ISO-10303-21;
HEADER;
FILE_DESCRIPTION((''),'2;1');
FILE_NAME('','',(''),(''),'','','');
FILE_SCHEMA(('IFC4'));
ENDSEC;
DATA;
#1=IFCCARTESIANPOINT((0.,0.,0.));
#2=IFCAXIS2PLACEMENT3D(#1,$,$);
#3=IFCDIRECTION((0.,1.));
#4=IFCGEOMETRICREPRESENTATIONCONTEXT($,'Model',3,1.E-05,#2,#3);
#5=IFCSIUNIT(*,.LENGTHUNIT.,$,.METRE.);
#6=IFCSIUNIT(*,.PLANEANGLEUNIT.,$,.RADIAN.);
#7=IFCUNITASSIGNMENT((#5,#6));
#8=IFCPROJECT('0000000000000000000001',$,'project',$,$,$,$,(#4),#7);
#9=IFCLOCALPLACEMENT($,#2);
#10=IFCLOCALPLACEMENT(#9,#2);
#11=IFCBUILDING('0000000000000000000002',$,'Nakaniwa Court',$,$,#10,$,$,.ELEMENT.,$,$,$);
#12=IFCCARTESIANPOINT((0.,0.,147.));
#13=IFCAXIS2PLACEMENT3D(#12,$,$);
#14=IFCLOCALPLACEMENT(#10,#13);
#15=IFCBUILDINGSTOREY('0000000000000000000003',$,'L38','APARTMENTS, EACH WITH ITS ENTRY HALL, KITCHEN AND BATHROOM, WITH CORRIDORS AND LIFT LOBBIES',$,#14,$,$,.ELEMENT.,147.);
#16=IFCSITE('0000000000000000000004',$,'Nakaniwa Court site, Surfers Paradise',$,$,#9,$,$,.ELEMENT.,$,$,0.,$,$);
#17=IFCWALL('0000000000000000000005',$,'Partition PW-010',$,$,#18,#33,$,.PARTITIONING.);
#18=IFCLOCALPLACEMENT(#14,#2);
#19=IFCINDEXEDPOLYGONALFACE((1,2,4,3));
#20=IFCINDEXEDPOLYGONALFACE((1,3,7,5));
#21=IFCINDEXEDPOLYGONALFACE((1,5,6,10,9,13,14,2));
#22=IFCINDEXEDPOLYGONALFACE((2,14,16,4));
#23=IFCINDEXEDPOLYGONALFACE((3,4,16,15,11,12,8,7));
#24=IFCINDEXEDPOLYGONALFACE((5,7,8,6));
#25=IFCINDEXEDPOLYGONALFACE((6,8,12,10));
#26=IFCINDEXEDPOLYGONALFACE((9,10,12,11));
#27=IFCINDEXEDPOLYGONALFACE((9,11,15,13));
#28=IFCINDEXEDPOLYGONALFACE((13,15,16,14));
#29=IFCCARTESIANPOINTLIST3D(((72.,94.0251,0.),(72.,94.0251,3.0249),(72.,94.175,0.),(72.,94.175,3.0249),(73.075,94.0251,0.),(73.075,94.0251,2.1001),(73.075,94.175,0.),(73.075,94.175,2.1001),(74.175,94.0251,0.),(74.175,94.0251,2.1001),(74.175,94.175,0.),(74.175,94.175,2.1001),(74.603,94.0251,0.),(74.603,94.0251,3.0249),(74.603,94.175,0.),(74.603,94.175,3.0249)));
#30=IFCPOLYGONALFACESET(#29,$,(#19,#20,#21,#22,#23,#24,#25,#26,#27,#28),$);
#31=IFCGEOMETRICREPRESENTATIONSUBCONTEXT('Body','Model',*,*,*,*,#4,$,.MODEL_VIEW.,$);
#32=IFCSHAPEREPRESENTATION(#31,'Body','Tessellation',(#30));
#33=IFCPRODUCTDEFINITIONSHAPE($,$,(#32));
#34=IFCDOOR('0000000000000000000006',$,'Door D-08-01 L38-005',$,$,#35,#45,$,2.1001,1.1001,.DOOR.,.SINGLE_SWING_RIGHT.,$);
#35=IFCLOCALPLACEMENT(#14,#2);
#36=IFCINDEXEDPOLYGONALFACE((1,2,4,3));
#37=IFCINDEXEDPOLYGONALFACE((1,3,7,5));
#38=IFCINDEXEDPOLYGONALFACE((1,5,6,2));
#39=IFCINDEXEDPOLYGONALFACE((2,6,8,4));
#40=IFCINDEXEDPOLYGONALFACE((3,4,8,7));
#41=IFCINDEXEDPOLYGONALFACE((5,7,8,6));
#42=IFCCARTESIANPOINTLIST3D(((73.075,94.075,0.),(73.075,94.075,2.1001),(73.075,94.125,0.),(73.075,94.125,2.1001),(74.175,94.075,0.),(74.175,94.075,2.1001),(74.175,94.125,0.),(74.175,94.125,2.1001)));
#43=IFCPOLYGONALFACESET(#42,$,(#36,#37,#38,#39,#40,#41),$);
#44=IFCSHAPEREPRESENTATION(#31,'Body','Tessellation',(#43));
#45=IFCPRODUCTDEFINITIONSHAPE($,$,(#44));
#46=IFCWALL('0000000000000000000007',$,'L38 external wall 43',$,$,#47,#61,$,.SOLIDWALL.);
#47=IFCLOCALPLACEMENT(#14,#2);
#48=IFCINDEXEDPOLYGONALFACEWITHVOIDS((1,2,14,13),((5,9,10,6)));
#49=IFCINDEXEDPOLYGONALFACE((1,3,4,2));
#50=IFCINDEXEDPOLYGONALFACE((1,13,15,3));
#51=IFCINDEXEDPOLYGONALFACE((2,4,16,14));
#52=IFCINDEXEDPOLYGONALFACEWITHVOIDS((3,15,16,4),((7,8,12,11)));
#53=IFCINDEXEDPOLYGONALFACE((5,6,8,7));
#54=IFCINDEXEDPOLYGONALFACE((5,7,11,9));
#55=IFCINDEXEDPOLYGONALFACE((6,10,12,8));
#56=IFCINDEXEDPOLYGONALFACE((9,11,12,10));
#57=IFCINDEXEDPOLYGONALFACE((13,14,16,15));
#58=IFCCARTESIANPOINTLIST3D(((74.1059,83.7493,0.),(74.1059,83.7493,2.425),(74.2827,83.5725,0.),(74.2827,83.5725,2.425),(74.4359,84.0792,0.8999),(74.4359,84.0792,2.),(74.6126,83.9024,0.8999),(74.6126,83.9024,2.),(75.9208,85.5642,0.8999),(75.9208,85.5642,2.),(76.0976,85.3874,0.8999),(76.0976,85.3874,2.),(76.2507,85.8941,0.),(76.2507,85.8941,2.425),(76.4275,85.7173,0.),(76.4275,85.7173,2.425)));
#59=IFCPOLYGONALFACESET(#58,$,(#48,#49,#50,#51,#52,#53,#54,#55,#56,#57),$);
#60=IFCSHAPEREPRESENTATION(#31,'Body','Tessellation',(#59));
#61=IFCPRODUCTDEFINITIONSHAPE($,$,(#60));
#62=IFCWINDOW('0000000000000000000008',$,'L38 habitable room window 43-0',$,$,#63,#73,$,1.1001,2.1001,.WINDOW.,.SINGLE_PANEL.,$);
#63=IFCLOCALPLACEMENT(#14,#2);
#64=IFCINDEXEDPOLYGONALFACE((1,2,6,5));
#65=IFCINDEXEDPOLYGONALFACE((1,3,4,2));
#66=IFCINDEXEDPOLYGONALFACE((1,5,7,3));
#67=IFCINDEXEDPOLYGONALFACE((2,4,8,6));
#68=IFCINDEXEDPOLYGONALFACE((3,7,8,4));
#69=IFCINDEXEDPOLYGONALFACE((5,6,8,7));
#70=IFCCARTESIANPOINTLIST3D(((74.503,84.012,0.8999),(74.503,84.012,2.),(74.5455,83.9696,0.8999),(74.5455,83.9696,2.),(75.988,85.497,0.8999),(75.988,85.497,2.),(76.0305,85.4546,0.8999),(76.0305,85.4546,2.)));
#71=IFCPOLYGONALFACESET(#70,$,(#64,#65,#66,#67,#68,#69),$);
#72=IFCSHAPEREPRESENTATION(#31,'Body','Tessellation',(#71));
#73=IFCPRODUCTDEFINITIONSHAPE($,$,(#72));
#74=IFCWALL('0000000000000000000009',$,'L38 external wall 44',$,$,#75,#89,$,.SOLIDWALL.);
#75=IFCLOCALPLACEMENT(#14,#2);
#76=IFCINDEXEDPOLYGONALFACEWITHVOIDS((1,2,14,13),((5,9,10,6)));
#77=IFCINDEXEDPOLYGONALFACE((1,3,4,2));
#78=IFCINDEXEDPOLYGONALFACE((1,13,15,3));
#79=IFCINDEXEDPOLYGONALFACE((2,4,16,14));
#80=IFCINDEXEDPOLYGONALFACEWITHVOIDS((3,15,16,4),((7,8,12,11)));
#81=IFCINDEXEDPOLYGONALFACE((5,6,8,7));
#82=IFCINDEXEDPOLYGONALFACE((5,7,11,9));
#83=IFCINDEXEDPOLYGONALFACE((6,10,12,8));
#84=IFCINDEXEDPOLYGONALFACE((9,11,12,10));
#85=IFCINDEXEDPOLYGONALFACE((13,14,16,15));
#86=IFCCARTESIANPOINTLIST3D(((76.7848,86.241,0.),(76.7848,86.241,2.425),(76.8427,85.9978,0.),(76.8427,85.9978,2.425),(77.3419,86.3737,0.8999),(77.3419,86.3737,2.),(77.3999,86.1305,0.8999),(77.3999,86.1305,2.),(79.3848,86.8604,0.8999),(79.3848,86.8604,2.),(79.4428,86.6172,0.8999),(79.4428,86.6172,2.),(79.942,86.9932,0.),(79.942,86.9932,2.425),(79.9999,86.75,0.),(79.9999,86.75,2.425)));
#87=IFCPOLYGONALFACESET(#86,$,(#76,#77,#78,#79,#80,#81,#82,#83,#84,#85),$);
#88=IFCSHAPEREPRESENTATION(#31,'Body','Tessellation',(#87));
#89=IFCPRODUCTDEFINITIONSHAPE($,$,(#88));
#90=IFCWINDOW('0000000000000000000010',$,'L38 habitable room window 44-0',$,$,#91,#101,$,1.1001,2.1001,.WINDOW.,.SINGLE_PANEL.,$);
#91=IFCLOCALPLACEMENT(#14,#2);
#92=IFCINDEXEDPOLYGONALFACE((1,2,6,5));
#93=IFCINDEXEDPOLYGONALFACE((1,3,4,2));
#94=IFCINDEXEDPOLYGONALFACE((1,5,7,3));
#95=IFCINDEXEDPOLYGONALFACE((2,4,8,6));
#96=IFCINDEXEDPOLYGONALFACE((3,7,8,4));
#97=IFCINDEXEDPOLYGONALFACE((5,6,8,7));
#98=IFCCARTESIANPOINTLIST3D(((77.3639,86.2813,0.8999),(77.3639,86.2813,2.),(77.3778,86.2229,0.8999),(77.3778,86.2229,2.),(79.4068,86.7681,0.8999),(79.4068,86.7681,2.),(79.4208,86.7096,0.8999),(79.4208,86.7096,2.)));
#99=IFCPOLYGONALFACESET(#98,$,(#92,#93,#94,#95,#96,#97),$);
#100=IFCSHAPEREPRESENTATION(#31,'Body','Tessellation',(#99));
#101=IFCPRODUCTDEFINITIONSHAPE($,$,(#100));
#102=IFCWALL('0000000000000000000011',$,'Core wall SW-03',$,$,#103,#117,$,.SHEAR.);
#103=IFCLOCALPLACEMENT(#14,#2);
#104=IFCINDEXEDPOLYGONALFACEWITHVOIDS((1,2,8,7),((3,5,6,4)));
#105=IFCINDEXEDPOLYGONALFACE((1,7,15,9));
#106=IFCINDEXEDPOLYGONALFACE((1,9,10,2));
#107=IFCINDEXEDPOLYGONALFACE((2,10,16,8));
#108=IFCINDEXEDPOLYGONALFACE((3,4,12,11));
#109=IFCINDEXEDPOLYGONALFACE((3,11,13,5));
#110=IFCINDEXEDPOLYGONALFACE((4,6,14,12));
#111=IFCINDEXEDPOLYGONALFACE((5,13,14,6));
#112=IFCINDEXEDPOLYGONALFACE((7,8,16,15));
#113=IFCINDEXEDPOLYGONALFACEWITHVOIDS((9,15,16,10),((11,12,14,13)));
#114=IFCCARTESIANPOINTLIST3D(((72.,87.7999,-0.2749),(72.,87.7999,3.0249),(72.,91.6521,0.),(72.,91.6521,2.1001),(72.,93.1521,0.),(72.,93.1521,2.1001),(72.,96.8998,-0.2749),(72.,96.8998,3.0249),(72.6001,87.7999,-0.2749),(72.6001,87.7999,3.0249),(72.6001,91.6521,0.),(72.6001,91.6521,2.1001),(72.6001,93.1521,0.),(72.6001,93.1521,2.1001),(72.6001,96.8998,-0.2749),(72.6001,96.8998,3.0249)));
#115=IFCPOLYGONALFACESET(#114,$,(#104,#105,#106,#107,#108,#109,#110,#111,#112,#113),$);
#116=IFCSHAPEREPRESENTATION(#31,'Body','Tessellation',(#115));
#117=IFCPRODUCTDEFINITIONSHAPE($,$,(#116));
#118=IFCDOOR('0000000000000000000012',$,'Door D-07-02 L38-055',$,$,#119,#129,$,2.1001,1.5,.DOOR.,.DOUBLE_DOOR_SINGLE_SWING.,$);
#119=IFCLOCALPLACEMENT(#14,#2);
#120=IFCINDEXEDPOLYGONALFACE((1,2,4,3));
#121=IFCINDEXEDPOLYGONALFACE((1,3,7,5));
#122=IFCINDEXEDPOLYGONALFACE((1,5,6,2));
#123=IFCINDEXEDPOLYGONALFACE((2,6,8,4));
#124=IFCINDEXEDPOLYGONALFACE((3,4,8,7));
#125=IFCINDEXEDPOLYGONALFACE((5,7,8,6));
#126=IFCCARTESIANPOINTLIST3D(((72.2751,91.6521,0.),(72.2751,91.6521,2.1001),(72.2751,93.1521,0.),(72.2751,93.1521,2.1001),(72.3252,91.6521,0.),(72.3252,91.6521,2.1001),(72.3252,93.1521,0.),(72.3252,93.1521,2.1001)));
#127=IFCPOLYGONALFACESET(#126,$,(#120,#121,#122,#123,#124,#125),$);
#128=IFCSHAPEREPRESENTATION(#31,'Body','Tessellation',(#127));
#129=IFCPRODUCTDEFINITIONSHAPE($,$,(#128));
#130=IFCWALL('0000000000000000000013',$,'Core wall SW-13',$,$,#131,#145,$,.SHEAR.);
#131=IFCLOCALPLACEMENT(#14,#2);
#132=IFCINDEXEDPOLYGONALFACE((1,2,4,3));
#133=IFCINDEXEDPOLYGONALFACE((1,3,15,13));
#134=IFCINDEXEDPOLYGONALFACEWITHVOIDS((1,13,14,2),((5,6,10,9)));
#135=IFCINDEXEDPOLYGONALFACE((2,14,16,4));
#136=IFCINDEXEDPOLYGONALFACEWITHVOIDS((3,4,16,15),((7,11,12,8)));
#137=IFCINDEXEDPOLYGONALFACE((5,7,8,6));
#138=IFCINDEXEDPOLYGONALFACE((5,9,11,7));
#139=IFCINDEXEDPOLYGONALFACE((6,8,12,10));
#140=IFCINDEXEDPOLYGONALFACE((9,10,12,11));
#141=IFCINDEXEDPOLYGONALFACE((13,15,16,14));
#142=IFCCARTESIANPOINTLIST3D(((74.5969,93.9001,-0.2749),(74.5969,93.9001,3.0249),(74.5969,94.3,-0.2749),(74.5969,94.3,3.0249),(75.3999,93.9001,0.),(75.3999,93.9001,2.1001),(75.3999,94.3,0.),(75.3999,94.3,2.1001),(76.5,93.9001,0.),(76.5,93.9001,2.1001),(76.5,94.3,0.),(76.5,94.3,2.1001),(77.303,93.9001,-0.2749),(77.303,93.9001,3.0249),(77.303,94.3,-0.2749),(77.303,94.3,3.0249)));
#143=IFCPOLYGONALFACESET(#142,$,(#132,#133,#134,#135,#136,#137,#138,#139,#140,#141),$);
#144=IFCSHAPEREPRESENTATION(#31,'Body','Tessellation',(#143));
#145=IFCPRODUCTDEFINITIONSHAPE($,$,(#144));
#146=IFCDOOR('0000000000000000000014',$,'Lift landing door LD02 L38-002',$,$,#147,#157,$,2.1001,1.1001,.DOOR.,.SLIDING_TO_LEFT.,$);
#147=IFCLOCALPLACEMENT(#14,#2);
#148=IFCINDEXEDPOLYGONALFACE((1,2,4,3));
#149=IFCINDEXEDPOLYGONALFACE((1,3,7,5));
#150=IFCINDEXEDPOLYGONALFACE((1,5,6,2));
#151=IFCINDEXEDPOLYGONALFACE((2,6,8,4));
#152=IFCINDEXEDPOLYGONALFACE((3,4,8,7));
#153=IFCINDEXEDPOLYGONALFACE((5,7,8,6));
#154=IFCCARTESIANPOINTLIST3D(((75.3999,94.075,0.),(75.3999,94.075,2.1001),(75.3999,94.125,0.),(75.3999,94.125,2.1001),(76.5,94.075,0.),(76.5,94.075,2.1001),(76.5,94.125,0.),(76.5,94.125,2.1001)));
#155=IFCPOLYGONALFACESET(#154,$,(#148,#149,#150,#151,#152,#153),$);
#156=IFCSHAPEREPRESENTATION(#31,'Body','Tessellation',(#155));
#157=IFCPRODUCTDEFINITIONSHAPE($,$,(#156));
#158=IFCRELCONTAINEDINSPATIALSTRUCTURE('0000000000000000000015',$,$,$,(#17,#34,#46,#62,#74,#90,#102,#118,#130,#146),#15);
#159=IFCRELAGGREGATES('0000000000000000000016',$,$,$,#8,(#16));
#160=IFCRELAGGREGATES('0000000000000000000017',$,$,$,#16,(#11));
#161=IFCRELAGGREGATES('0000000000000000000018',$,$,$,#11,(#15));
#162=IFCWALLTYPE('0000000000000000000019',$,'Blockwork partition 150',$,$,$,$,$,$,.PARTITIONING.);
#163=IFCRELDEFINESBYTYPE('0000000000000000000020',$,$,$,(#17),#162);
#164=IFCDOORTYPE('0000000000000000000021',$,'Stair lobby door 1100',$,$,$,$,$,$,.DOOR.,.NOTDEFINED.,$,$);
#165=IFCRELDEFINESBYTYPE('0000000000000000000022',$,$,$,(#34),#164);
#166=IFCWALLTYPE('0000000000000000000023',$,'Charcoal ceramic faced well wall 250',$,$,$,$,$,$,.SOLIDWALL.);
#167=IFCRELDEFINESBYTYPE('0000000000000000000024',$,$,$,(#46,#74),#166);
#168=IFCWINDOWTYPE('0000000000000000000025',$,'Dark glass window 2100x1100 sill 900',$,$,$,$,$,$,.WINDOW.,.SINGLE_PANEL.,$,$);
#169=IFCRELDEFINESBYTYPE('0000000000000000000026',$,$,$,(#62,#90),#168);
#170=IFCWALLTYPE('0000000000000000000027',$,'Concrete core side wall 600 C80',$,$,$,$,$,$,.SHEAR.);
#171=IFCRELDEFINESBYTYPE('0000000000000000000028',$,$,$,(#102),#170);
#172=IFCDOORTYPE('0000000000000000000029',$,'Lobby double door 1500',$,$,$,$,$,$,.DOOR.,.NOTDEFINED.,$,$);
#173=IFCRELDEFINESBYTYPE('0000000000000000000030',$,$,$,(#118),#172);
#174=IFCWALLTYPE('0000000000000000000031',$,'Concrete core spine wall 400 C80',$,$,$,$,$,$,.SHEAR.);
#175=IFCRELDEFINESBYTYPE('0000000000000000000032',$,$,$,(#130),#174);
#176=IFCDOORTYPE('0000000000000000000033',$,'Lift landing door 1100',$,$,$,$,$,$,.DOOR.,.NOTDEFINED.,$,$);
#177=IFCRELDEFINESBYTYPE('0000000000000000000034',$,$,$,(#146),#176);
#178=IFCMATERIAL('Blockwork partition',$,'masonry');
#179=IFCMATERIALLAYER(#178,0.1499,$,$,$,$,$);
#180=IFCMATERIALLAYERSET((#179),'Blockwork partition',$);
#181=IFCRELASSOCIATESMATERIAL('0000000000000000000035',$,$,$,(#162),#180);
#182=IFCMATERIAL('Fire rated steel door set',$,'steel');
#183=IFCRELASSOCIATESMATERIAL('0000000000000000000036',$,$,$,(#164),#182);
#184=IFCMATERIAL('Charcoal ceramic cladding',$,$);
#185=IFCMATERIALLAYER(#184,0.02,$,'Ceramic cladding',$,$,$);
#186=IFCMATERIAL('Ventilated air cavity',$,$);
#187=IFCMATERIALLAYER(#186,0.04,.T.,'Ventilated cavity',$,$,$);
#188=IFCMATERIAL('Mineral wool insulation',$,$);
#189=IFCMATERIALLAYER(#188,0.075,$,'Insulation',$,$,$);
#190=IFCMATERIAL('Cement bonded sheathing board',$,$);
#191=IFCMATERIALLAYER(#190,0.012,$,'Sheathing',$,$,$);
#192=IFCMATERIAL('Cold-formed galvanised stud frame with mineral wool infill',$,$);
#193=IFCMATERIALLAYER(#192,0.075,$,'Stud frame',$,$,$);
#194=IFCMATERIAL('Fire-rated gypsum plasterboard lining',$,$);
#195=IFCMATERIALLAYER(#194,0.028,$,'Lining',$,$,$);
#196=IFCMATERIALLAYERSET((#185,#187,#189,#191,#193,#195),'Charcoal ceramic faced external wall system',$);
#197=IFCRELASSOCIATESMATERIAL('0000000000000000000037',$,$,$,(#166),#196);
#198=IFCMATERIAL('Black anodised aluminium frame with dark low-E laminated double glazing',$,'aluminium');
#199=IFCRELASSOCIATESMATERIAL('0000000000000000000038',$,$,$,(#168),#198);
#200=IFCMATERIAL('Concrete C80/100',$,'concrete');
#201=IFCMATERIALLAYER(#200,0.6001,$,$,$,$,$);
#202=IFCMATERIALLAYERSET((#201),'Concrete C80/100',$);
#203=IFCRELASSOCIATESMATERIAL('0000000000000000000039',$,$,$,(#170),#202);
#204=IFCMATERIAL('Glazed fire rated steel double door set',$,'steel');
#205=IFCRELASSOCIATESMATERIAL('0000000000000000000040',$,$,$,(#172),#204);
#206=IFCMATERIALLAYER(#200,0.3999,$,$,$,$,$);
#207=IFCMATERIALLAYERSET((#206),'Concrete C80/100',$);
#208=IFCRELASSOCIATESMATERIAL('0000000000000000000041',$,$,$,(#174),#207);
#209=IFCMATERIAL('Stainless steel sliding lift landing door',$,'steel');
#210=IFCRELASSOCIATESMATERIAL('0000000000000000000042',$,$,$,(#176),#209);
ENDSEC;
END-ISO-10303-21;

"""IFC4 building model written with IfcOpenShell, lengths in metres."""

from ifc_helpers import new_model, si_unit, direction, frame, frame_2d, origin, place, context, subcontext, project, spatial, rectangle, extrude, material, layer, layer_set, type_object, element, fill, save


model = new_model("IFC4")

# Units and contexts
model_context = context("Model", 3, precision=1e-05, world=origin(), true_north=direction((0.0, 1.0)))
body_context = subcontext(model_context, "Body", "Model", "MODEL_VIEW")
ifc_project = project(units=[si_unit("LENGTHUNIT", "METRE"), si_unit("PLANEANGLEUNIT", "RADIAN")], contexts=[model_context])

# Site, building, storey
site_placement = place(None, origin())
site = spatial("IfcSite", under=ifc_project, at=site_placement, Name="Nakaniwa Court site, Surfers Paradise", CompositionType="ELEMENT", RefElevation=0.0)
building_placement = place(site_placement, origin())
building = spatial("IfcBuilding", under=site, at=building_placement, Name="Nakaniwa Court", CompositionType="ELEMENT")
storey_placement = place(building_placement, frame((0.0, 0.0, 147.0)))
storey = spatial("IfcBuildingStorey", under=building, at=storey_placement, Name="L38", Description="APARTMENTS, EACH WITH ITS ENTRY HALL, KITCHEN AND BATHROOM, WITH CORRIDORS AND LIFT LOBBIES", CompositionType="ELEMENT", Elevation=147.0)

# Shared definitions
ifc_material_1 = material(Name="Concrete C80/100", Category="concrete")

# Shared definitions
ifc_material_2 = material(Name="Blockwork partition", Category="masonry")
ifc_layer_1 = layer(ifc_material_2, 0.1499)
ifc_layer_set_1 = layer_set([ifc_layer_1], Name="Blockwork partition")
wall_type_1 = type_object("IfcWallType", Name="Blockwork partition 150", PredefinedType="PARTITIONING", material=ifc_layer_set_1)

# Wall, opening, door
wall_1_placement = place(storey_placement, frame((72.0, 94.1001, 0.0), z_axis=(0.0, 0.0, 1.0), x_axis=(1.0, 0.0, 0.0)))
wall_1 = element("IfcWall", 1, at=wall_1_placement, inside=storey, type_object=wall_type_1, Name="Partition PW-010", PredefinedType="PARTITIONING", context=body_context, shape_type="SweptSolid", body=[
    extrude(rectangle(XDim=2.603, YDim=0.1499, at=frame_2d((1.3015, 0.0))), origin(), (0.0, 0.0, 1.0), 3.0249),
])
opening_1_placement = place(wall_1_placement, frame((1.075, 0.0, 0.0)))
opening_1 = element("IfcOpeningElement", 2, at=opening_1_placement, cuts=wall_1, PredefinedType="OPENING", context=body_context, shape_type="SweptSolid", body=[
    extrude(rectangle(XDim=1.1001, YDim=2.1001, at=frame_2d((0.55, 1.05))), frame((0.0, 0.085, 0.0), z_axis=(0.0, -1.0, 0.0), x_axis=(1.0, 0.0, 0.0)), (0.0, 0.0, 1.0), 0.1699),
])
ifc_material_3 = material(Name="Fire rated steel door set", Category="steel")
door_type_1 = type_object("IfcDoorType", Name="Stair lobby door 1100", OperationType="NOTDEFINED", PredefinedType="DOOR", material=ifc_material_3)
door_1_placement = place(opening_1_placement, origin())
door_1 = element("IfcDoor", 3, at=door_1_placement, inside=storey, type_object=door_type_1, Name="Door D-08-01 L38-005", OperationType="SINGLE_SWING_RIGHT", OverallHeight=2.1001, OverallWidth=1.1001, PredefinedType="DOOR", context=body_context, shape_type="SweptSolid", body=[
    extrude(rectangle(XDim=1.1001, YDim=2.1001, at=frame_2d((0.55, 1.05))), frame((0.0, 0.0249, 0.0), z_axis=(0.0, -1.0, 0.0), x_axis=(1.0, 0.0, 0.0)), (0.0, 0.0, 1.0), 0.05),
])
fill(opening_1, door_1)

# Walls, openings, windows
ifc_material_4 = material(Name="Charcoal ceramic cladding")
ifc_layer_2 = layer(ifc_material_4, 0.02, Name="Ceramic cladding")
ifc_material_5 = material(Name="Ventilated air cavity")
ifc_layer_3 = layer(ifc_material_5, 0.04, ventilated=True, Name="Ventilated cavity")
ifc_material_6 = material(Name="Mineral wool insulation")
ifc_layer_4 = layer(ifc_material_6, 0.075, Name="Insulation")
ifc_material_7 = material(Name="Cement bonded sheathing board")
ifc_layer_5 = layer(ifc_material_7, 0.012, Name="Sheathing")
ifc_material_8 = material(Name="Cold-formed galvanised stud frame with mineral wool infill")
ifc_layer_6 = layer(ifc_material_8, 0.075, Name="Stud frame")
ifc_material_9 = material(Name="Fire-rated gypsum plasterboard lining")
ifc_layer_7 = layer(ifc_material_9, 0.028, Name="Lining")
ifc_layer_set_2 = layer_set([ifc_layer_2, ifc_layer_3, ifc_layer_4, ifc_layer_5, ifc_layer_6, ifc_layer_7], Name="Charcoal ceramic faced external wall system")
wall_type_2 = type_object("IfcWallType", Name="Charcoal ceramic faced well wall 250", PredefinedType="SOLIDWALL", material=ifc_layer_set_2)
wall_2_placement = place(storey_placement, frame((74.1943, 83.6609, 0.0), z_axis=(0.0, 0.0, 1.0), x_axis=(0.707107, 0.707107, 0.0)))
wall_2 = element("IfcWall", 4, at=wall_2_placement, inside=storey, type_object=wall_type_2, Name="L38 external wall 43", PredefinedType="SOLIDWALL", context=body_context, shape_type="SweptSolid", body=[
    extrude(rectangle(XDim=3.0332, YDim=0.25, at=frame_2d((1.5166, 0.0))), origin(), (0.0, 0.0, 1.0), 2.425),
])
opening_2_placement = place(wall_2_placement, frame((0.4666, 0.0, 0.8999)))
opening_2 = element("IfcOpeningElement", 5, at=opening_2_placement, cuts=wall_2, PredefinedType="OPENING", context=body_context, shape_type="SweptSolid", body=[
    extrude(rectangle(XDim=2.1001, YDim=1.1001, at=frame_2d((1.05, 0.55))), frame((0.0, 0.135, 0.0), z_axis=(0.0, -1.0, 0.0), x_axis=(1.0, 0.0, 0.0)), (0.0, 0.0, 1.0), 0.27),
])
ifc_material_10 = material(Name="Black anodised aluminium frame with dark low-E laminated double glazing", Category="aluminium")
window_type = type_object("IfcWindowType", Name="Dark glass window 2100x1100 sill 900", PartitioningType="SINGLE_PANEL", PredefinedType="WINDOW", material=ifc_material_10)
window_1_placement = place(opening_2_placement, origin())
window_1 = element("IfcWindow", 6, at=window_1_placement, inside=storey, type_object=window_type, Name="L38 habitable room window 43-0", OverallHeight=1.1001, OverallWidth=2.1001, PartitioningType="SINGLE_PANEL", PredefinedType="WINDOW", context=body_context, shape_type="SweptSolid", body=[
    extrude(rectangle(XDim=2.1001, YDim=1.1001, at=frame_2d((1.05, 0.55))), frame((0.0, 0.03, 0.0), z_axis=(0.0, -1.0, 0.0), x_axis=(1.0, 0.0, 0.0)), (0.0, 0.0, 1.0), 0.0601),
])
fill(opening_2, window_1)
wall_3_placement = place(storey_placement, frame((76.8137, 86.1194, 0.0), z_axis=(0.0, 0.0, 1.0), x_axis=(0.972773, 0.23176, 0.0)))
wall_3 = element("IfcWall", 7, at=wall_3_placement, inside=storey, type_object=wall_type_2, Name="L38 external wall 44", PredefinedType="SOLIDWALL", context=body_context, shape_type="SweptSolid", body=[
    extrude(rectangle(XDim=3.2456, YDim=0.25, at=frame_2d((1.6228, 0.0))), origin(), (0.0, 0.0, 1.0), 2.425),
])
opening_3_placement = place(wall_3_placement, frame((0.5728, 0.0, 0.8999)))
opening_3 = element("IfcOpeningElement", 8, at=opening_3_placement, cuts=wall_3, PredefinedType="OPENING", context=body_context, shape_type="SweptSolid", body=[
    extrude(rectangle(XDim=2.1001, YDim=1.1001, at=frame_2d((1.05, 0.55))), frame((0.0, 0.135, 0.0), z_axis=(0.0, -1.0, 0.0), x_axis=(1.0, 0.0, 0.0)), (0.0, 0.0, 1.0), 0.27),
])
window_2_placement = place(opening_3_placement, origin())
window_2 = element("IfcWindow", 9, at=window_2_placement, inside=storey, type_object=window_type, Name="L38 habitable room window 44-0", OverallHeight=1.1001, OverallWidth=2.1001, PartitioningType="SINGLE_PANEL", PredefinedType="WINDOW", context=body_context, shape_type="SweptSolid", body=[
    extrude(rectangle(XDim=2.1001, YDim=1.1001, at=frame_2d((1.05, 0.55))), frame((0.0, 0.03, 0.0), z_axis=(0.0, -1.0, 0.0), x_axis=(1.0, 0.0, 0.0)), (0.0, 0.0, 1.0), 0.0601),
])
fill(opening_3, window_2)

# Walls, openings, doors
ifc_layer_8 = layer(ifc_material_1, 0.6001)
ifc_layer_set_3 = layer_set([ifc_layer_8], Name="Concrete C80/100")
wall_type_3 = type_object("IfcWallType", Name="Concrete core side wall 600 C80", PredefinedType="SHEAR", material=ifc_layer_set_3)
wall_4_placement = place(storey_placement, frame((72.3, 87.8, -0.2749), z_axis=(0.0, 0.0, 1.0), x_axis=(0.0, 1.0, 0.0)))
wall_4 = element("IfcWall", 10, at=wall_4_placement, inside=storey, type_object=wall_type_3, Name="Core wall SW-03", PredefinedType="SHEAR", context=body_context, shape_type="SweptSolid", body=[
    extrude(rectangle(XDim=9.0999, YDim=0.6001, at=frame_2d((4.5498, 0.0))), origin(), (0.0, 0.0, 1.0), 3.2998),
])
opening_4_placement = place(wall_4_placement, frame((3.8521, 0.0, 0.2749)))
opening_4 = element("IfcOpeningElement", 11, at=opening_4_placement, cuts=wall_4, PredefinedType="OPENING", context=body_context, shape_type="SweptSolid", body=[
    extrude(rectangle(XDim=1.5, YDim=2.1001, at=frame_2d((0.75, 1.05))), frame((0.0, 0.3101, 0.0), z_axis=(0.0, -1.0, 0.0), x_axis=(1.0, 0.0, 0.0)), (0.0, 0.0, 1.0), 0.6201),
])
ifc_material_11 = material(Name="Glazed fire rated steel double door set", Category="steel")
door_type_2 = type_object("IfcDoorType", Name="Lobby double door 1500", OperationType="NOTDEFINED", PredefinedType="DOOR", material=ifc_material_11)
door_2_placement = place(opening_4_placement, origin())
door_2 = element("IfcDoor", 12, at=door_2_placement, inside=storey, type_object=door_type_2, Name="Door D-07-02 L38-055", OperationType="DOUBLE_DOOR_SINGLE_SWING", OverallHeight=2.1001, OverallWidth=1.5, PredefinedType="DOOR", context=body_context, shape_type="SweptSolid", body=[
    extrude(rectangle(XDim=1.5, YDim=2.1001, at=frame_2d((0.75, 1.05))), frame((0.0, 0.0249, 0.0), z_axis=(0.0, -1.0, 0.0), x_axis=(1.0, 0.0, 0.0)), (0.0, 0.0, 1.0), 0.05),
])
fill(opening_4, door_2)
ifc_layer_9 = layer(ifc_material_1, 0.3999)
ifc_layer_set_4 = layer_set([ifc_layer_9], Name="Concrete C80/100")
wall_type_4 = type_object("IfcWallType", Name="Concrete core spine wall 400 C80", PredefinedType="SHEAR", material=ifc_layer_set_4)
wall_5_placement = place(storey_placement, frame((74.5969, 94.1001, -0.2749), z_axis=(0.0, 0.0, 1.0), x_axis=(1.0, 0.0, 0.0)))
wall_5 = element("IfcWall", 13, at=wall_5_placement, inside=storey, type_object=wall_type_4, Name="Core wall SW-13", PredefinedType="SHEAR", context=body_context, shape_type="SweptSolid", body=[
    extrude(rectangle(XDim=2.7061, YDim=0.3999, at=frame_2d((1.353, 0.0))), origin(), (0.0, 0.0, 1.0), 3.2998),
])
opening_5_placement = place(wall_5_placement, frame((0.803, 0.0, 0.2749)))
opening_5 = element("IfcOpeningElement", 14, at=opening_5_placement, cuts=wall_5, PredefinedType="OPENING", context=body_context, shape_type="SweptSolid", body=[
    extrude(rectangle(XDim=1.1001, YDim=2.1001, at=frame_2d((0.55, 1.05))), frame((0.0, 0.21, 0.0), z_axis=(0.0, -1.0, 0.0), x_axis=(1.0, 0.0, 0.0)), (0.0, 0.0, 1.0), 0.4199),
])
ifc_material_12 = material(Name="Stainless steel sliding lift landing door", Category="steel")
door_type_3 = type_object("IfcDoorType", Name="Lift landing door 1100", OperationType="NOTDEFINED", PredefinedType="DOOR", material=ifc_material_12)
door_3_placement = place(opening_5_placement, origin())
door_3 = element("IfcDoor", 15, at=door_3_placement, inside=storey, type_object=door_type_3, Name="Lift landing door LD02 L38-002", OperationType="SLIDING_TO_LEFT", OverallHeight=2.1001, OverallWidth=1.1001, PredefinedType="DOOR", context=body_context, shape_type="SweptSolid", body=[
    extrude(rectangle(XDim=1.1001, YDim=2.1001, at=frame_2d((0.55, 1.05))), frame((0.0, 0.0249, 0.0), z_axis=(0.0, -1.0, 0.0), x_axis=(1.0, 0.0, 0.0)), (0.0, 0.0, 1.0), 0.05),
])
fill(opening_5, door_3)

save(model, "model.ifc")
